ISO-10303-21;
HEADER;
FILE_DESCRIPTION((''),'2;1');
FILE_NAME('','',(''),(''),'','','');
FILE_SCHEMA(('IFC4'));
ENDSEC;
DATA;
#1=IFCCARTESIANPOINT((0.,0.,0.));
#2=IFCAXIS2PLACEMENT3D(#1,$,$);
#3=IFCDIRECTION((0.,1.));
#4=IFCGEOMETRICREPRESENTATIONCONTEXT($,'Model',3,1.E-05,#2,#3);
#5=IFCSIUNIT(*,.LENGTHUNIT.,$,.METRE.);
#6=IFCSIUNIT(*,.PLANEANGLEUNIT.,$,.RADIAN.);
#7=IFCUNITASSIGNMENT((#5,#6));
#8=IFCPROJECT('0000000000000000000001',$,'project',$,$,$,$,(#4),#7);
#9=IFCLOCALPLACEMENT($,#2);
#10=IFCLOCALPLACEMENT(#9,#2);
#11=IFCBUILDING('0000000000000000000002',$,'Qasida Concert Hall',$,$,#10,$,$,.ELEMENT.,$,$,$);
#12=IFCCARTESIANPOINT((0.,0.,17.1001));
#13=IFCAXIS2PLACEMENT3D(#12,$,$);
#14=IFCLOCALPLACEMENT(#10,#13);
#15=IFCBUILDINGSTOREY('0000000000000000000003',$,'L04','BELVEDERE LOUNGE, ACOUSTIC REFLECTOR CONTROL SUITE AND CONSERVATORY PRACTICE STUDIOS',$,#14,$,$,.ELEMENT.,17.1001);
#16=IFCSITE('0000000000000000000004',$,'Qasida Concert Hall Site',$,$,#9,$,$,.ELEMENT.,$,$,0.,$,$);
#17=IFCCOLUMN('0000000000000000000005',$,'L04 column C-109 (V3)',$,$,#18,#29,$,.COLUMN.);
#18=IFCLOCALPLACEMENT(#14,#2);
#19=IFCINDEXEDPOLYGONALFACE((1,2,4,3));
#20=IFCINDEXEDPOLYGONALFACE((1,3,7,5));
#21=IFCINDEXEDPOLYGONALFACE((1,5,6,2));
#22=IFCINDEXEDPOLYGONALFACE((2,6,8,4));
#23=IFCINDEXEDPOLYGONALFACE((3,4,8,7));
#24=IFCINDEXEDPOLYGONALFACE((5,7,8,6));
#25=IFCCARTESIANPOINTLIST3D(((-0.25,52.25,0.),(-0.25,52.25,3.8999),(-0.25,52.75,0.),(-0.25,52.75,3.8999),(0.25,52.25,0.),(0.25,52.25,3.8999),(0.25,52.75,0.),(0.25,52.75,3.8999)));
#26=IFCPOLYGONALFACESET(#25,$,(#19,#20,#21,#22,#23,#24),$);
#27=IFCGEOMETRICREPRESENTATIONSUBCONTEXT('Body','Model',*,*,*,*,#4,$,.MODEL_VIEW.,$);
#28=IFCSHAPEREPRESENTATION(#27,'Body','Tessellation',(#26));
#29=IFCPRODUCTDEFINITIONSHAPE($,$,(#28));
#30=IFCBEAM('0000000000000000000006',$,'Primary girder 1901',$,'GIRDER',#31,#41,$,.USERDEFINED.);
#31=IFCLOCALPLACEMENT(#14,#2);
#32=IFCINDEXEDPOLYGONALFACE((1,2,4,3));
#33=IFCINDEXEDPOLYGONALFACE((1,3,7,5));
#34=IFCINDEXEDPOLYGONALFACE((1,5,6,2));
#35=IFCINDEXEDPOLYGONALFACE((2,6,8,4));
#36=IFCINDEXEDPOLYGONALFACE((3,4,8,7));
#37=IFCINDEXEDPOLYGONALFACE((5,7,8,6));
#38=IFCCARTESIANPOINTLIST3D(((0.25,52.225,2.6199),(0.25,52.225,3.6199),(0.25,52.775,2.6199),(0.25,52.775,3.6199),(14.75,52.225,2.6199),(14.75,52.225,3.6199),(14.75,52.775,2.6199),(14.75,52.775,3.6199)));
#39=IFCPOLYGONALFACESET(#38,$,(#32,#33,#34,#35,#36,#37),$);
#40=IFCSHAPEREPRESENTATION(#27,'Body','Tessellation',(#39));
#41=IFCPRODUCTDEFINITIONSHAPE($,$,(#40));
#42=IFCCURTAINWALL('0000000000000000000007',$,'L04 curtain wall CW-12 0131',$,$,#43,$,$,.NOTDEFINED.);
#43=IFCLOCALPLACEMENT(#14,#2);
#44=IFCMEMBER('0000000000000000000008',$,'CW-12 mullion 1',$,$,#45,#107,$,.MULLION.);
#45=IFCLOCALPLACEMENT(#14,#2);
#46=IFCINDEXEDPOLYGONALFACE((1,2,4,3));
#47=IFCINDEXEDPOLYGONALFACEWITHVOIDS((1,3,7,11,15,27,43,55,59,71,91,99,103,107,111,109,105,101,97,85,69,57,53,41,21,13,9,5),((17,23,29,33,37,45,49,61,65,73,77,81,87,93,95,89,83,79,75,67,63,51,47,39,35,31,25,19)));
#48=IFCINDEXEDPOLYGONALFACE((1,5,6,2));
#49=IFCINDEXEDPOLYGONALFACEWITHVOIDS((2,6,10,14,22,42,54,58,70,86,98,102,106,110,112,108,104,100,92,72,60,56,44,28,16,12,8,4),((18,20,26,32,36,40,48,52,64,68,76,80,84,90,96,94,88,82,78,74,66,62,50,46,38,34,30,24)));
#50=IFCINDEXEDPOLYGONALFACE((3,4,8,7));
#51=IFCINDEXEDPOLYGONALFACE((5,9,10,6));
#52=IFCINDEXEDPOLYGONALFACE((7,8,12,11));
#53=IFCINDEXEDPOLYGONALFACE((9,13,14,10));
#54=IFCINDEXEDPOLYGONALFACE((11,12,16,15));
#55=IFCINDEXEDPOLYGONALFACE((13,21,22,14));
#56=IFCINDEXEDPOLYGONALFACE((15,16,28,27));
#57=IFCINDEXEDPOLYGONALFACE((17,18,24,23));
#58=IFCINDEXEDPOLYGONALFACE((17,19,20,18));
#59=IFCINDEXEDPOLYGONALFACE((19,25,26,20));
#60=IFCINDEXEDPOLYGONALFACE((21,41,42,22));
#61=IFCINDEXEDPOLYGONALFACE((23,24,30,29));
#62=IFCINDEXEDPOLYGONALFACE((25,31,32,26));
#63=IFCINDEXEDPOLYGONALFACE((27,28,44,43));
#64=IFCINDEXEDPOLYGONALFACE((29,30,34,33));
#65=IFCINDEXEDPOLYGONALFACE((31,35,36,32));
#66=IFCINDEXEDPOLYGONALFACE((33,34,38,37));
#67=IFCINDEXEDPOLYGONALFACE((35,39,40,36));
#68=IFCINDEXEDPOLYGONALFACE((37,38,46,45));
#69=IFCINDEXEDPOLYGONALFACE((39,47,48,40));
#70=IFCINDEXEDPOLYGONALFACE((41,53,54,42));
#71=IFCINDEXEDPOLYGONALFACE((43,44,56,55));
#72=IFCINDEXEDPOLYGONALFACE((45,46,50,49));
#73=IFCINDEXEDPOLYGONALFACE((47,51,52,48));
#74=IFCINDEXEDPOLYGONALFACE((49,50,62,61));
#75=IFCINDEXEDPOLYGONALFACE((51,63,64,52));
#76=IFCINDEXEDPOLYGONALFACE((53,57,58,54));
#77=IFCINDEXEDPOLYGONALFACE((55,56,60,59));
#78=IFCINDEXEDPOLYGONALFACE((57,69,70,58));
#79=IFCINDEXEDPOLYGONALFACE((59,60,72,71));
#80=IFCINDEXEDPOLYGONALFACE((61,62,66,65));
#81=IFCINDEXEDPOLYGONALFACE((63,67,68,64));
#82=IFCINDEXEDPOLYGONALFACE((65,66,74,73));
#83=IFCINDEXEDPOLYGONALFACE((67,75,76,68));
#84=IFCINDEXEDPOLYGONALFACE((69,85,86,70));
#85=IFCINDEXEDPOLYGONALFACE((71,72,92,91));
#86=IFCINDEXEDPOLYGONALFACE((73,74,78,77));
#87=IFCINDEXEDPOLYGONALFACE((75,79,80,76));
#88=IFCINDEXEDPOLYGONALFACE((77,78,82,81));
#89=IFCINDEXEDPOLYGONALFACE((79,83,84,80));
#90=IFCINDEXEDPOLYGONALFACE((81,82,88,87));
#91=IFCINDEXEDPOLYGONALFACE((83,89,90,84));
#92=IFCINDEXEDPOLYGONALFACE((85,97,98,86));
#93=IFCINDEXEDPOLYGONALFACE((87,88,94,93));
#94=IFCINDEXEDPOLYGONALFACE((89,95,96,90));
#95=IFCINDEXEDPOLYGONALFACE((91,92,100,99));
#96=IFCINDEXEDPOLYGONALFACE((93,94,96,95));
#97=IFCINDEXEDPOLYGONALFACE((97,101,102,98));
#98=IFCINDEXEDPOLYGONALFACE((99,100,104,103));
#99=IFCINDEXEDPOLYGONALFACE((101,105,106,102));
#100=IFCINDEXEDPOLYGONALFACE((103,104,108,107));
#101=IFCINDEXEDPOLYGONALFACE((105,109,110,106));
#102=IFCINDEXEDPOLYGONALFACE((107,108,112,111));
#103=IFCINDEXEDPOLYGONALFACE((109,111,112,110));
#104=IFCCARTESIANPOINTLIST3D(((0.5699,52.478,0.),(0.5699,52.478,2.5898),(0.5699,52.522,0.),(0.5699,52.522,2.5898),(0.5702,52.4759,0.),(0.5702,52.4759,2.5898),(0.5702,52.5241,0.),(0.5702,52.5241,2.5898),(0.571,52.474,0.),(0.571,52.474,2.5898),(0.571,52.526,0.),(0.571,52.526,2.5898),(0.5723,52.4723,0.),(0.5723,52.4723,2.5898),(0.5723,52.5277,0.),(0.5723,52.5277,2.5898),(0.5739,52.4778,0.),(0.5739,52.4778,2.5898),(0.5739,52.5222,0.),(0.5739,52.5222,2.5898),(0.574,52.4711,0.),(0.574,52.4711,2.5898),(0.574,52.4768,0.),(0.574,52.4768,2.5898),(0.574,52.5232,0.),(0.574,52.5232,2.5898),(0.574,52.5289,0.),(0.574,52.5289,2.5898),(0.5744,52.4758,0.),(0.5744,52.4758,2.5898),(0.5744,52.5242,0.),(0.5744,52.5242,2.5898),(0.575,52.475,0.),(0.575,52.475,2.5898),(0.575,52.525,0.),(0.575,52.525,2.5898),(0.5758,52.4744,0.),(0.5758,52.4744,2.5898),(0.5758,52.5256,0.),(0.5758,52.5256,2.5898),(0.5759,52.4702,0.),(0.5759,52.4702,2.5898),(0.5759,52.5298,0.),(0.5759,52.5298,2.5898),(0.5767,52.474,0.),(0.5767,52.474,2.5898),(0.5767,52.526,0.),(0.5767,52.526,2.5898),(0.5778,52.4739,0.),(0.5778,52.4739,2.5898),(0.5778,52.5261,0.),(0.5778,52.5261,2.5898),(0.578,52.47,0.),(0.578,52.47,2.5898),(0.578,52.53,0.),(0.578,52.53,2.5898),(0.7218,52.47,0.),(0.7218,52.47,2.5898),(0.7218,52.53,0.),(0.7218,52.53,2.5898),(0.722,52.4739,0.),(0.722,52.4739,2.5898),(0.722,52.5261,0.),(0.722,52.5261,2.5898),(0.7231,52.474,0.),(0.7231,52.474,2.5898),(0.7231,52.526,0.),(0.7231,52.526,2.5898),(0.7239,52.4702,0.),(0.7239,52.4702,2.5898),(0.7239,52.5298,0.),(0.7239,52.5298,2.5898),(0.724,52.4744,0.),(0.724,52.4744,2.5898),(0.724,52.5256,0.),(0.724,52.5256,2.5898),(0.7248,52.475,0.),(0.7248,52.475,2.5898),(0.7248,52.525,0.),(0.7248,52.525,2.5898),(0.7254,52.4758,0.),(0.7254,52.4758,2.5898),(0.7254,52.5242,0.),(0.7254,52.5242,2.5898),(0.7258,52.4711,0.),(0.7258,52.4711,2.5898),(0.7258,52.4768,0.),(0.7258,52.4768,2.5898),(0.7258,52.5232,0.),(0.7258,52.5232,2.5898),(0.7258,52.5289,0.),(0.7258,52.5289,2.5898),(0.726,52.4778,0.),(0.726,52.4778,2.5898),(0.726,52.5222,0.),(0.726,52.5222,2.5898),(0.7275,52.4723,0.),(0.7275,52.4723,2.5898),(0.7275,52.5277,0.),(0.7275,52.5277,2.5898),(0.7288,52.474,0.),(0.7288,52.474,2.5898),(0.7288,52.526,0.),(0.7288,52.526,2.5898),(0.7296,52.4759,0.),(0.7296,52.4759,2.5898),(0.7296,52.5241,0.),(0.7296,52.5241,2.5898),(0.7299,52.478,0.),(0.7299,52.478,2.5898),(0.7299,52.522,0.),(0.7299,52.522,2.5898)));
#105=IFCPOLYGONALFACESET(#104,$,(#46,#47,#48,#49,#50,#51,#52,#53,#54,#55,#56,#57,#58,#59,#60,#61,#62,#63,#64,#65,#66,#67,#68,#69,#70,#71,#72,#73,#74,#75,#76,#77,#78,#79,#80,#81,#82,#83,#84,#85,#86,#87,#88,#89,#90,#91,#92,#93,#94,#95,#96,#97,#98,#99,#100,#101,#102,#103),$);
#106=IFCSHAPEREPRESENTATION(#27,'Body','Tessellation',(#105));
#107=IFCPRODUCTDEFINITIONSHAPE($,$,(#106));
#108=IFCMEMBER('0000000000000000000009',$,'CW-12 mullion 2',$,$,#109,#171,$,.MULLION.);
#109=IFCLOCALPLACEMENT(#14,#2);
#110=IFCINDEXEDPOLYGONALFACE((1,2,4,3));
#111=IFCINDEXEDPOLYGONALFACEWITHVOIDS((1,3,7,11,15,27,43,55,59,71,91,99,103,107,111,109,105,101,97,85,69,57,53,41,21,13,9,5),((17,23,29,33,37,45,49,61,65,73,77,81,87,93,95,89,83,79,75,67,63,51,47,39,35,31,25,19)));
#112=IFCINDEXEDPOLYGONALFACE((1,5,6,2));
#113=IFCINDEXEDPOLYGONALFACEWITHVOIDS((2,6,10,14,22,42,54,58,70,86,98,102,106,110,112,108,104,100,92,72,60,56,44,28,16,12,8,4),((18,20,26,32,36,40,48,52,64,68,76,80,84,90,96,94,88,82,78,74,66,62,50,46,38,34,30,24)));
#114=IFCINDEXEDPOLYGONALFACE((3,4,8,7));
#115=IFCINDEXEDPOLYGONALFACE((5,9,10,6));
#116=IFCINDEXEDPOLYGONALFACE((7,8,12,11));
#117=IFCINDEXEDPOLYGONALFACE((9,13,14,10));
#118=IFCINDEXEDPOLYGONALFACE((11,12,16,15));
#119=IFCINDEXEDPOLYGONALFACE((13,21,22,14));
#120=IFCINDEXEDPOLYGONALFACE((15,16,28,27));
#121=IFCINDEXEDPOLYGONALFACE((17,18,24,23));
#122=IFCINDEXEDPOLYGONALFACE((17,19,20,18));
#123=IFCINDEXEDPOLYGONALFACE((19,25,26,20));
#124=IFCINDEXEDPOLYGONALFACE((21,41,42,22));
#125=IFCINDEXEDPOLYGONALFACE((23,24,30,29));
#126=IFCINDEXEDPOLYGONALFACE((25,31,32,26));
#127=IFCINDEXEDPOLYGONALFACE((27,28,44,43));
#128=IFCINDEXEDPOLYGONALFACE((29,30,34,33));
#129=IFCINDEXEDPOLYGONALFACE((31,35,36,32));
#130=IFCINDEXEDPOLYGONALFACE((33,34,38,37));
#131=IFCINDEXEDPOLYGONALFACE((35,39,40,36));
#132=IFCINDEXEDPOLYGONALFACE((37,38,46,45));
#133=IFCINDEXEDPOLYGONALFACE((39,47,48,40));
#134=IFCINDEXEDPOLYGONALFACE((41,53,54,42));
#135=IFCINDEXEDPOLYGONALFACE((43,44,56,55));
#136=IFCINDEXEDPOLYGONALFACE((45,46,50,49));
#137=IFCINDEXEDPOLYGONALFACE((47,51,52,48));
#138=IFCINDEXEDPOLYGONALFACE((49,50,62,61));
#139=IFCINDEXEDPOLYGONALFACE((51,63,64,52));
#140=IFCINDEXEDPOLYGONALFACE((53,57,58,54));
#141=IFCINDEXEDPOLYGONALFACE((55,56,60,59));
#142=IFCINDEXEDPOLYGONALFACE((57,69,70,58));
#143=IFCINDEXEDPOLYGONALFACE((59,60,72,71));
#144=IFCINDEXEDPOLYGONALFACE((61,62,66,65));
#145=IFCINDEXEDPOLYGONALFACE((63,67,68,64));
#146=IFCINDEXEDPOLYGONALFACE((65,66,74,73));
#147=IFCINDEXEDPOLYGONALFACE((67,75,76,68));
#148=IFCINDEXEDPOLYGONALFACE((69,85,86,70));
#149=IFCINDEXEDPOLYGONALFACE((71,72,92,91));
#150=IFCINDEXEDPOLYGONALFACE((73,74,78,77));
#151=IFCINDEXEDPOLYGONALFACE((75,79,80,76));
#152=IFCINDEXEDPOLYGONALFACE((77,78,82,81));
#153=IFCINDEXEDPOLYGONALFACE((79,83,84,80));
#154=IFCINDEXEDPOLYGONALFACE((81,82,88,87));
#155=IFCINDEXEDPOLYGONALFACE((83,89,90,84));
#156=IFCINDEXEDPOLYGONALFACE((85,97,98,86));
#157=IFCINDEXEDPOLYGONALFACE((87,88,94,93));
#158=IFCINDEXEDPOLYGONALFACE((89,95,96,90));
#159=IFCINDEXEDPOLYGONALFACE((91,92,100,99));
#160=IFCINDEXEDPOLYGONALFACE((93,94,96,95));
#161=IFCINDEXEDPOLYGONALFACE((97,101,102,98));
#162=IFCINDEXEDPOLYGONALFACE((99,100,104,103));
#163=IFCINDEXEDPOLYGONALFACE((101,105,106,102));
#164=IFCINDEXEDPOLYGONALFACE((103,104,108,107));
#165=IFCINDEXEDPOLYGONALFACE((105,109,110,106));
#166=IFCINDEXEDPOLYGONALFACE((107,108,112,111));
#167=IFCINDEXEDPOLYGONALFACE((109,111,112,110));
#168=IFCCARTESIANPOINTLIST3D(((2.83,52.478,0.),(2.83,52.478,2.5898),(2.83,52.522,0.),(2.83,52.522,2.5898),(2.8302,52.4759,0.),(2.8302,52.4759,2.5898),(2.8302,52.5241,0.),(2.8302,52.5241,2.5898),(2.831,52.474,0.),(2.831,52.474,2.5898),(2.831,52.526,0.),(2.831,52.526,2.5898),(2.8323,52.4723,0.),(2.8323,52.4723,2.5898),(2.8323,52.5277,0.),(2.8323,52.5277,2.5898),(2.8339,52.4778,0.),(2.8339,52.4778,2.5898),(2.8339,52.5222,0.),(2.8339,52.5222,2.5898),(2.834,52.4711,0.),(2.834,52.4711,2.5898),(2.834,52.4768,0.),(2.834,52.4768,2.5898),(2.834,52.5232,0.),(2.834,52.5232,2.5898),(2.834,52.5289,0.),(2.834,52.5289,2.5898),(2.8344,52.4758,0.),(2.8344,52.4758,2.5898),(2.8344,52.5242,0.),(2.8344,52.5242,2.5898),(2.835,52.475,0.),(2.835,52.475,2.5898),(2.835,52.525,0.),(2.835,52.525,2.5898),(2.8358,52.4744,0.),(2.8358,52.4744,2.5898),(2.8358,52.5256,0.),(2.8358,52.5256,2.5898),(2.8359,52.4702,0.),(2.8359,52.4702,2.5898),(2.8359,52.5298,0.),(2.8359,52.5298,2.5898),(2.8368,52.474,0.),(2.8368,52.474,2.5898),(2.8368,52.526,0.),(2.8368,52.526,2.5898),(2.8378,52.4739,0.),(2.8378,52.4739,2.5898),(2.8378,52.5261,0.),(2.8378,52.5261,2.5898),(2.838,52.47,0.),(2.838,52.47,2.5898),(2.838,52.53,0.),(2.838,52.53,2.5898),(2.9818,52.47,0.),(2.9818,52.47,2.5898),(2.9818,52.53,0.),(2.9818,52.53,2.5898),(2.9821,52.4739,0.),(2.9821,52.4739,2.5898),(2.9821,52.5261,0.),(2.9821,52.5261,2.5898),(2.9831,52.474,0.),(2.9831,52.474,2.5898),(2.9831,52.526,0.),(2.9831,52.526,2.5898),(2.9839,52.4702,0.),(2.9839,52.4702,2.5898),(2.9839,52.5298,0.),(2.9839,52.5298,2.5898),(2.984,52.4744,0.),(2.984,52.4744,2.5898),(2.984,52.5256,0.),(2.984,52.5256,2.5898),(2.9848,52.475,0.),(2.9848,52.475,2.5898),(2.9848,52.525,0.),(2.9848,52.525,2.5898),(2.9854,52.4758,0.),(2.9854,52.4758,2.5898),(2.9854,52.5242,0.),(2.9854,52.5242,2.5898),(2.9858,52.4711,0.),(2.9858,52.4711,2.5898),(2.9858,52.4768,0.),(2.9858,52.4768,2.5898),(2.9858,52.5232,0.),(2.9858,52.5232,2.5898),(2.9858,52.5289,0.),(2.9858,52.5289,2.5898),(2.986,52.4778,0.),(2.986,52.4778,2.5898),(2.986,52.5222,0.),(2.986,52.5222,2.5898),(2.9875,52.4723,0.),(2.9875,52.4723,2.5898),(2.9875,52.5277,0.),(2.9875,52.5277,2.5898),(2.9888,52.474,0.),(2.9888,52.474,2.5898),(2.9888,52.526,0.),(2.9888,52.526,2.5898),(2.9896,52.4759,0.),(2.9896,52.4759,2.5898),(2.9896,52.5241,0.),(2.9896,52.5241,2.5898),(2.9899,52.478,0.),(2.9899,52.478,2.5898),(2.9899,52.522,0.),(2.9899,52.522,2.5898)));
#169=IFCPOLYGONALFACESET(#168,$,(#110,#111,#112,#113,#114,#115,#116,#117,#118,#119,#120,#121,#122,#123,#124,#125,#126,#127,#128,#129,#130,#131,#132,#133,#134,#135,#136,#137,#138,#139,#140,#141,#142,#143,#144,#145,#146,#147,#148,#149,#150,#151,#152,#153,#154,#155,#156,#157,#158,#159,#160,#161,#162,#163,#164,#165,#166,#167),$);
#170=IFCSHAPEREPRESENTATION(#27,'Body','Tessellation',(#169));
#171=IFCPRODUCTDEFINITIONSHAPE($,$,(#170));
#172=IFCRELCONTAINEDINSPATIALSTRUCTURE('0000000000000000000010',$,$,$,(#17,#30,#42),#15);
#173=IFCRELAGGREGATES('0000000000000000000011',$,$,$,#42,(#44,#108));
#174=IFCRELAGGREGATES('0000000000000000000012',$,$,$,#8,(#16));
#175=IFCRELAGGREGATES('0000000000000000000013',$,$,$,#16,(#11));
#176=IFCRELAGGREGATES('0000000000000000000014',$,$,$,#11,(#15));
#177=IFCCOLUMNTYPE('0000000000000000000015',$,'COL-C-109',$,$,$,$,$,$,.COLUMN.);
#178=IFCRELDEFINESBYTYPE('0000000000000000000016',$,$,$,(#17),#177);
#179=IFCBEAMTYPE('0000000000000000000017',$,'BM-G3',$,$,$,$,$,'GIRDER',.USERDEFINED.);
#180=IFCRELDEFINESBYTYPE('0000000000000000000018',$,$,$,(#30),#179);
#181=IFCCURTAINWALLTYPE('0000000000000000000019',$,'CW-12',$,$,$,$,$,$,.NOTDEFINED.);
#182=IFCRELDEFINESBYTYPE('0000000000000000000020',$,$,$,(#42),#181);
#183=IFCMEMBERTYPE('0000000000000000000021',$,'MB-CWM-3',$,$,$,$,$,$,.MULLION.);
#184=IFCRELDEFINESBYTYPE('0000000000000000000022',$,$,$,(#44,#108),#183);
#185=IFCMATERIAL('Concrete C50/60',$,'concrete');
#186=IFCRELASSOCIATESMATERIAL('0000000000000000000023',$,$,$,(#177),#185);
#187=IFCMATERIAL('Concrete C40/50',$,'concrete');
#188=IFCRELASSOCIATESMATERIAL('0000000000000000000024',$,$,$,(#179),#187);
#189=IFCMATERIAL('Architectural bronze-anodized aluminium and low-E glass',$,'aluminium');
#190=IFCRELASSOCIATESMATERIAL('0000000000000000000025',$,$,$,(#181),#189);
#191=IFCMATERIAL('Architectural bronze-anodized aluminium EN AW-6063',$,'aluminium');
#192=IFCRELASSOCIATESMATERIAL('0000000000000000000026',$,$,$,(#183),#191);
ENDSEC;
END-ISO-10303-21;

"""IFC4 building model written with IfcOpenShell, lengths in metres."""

from ifc_helpers import new_model, si_unit, direction, frame, origin, origin_2d, place, context, subcontext, project, spatial, rectangle, hollow_rectangle, extrude, material, material_profile, profile_set, type_object, element, aggregate, save


model = new_model("IFC4")

# Units and contexts
model_context = context("Model", 3, precision=1e-05, world=origin(), true_north=direction((0.0, 1.0)))
body_context = subcontext(model_context, "Body", "Model", "MODEL_VIEW")
ifc_project = project(units=[si_unit("LENGTHUNIT", "METRE"), si_unit("PLANEANGLEUNIT", "RADIAN")], contexts=[model_context])

# Site, building, storey
site_placement = place(None, origin())
site = spatial("IfcSite", under=ifc_project, at=site_placement, Name="Qasida Concert Hall Site", CompositionType="ELEMENT", RefElevation=0.0)
building_placement = place(site_placement, origin())
building = spatial("IfcBuilding", under=site, at=building_placement, Name="Qasida Concert Hall", CompositionType="ELEMENT")
storey_placement = place(building_placement, frame((0.0, 0.0, 17.1001)))
storey = spatial("IfcBuildingStorey", under=building, at=storey_placement, Name="L04", Description="BELVEDERE LOUNGE, ACOUSTIC REFLECTOR CONTROL SUITE AND CONSERVATORY PRACTICE STUDIOS", CompositionType="ELEMENT", Elevation=17.1001)

# Column
ifc_material_1 = material(Name="Concrete C50/60", Category="concrete")
ifc_material_profile_1 = material_profile(ifc_material_1, rectangle(XDim=0.5, YDim=0.5, at=origin_2d()), Name="RC 500x500")
ifc_profile_set_1 = profile_set([ifc_material_profile_1], Name="Concrete C50/60")
column_type = type_object("IfcColumnType", Name="COL-C-109", PredefinedType="COLUMN", material=ifc_profile_set_1)
column_placement = place(storey_placement, frame((0.0, 52.5, 0.0), z_axis=(0.0, 0.0, 1.0), x_axis=(1.0, 0.0, 0.0)))
element("IfcColumn", 1, at=column_placement, inside=storey, type_object=column_type, Name="L04 column C-109 (V3)", PredefinedType="COLUMN", context=body_context, shape_type="SweptSolid", body=[
    extrude(rectangle(XDim=0.5, YDim=0.5, at=origin_2d()), origin(), (0.0, 0.0, 1.0), 3.8999),
])

# Beam
ifc_material_2 = material(Name="Concrete C40/50", Category="concrete")
ifc_material_profile_2 = material_profile(ifc_material_2, rectangle(XDim=0.55, YDim=1.0, at=origin_2d()), Name="RC 550x1000")
ifc_profile_set_2 = profile_set([ifc_material_profile_2], Name="Concrete C40/50")
beam_type = type_object("IfcBeamType", Name="BM-G3", ElementType="GIRDER", PredefinedType="USERDEFINED", material=ifc_profile_set_2)
beam_placement = place(storey_placement, frame((0.25, 52.5, 3.1199), z_axis=(1.0, 0.0, 0.0), x_axis=(0.0, 1.0, 0.0)))
element("IfcBeam", 2, at=beam_placement, inside=storey, type_object=beam_type, Name="Primary girder 1901", ObjectType="GIRDER", PredefinedType="USERDEFINED", context=body_context, shape_type="SweptSolid", body=[
    extrude(rectangle(XDim=0.55, YDim=1.0, at=origin_2d()), origin(), (0.0, 0.0, 1.0), 14.5),
])

# Curtain wall, members
ifc_material_3 = material(Name="Architectural bronze-anodized aluminium and low-E glass", Category="aluminium")
curtain_wall_type = type_object("IfcCurtainWallType", Name="CW-12", PredefinedType="NOTDEFINED", material=ifc_material_3)
curtain_wall_placement = place(storey_placement, origin())
curtain_wall = element("IfcCurtainWall", 3, at=curtain_wall_placement, inside=storey, type_object=curtain_wall_type, Name="L04 curtain wall CW-12 0131", PredefinedType="NOTDEFINED")
ifc_material_4 = material(Name="Architectural bronze-anodized aluminium EN AW-6063", Category="aluminium")
ifc_material_profile_3 = material_profile(ifc_material_4, hollow_rectangle(XDim=0.0601, YDim=0.1599, WallThickness=0.0039, InnerFilletRadius=0.0039, OuterFilletRadius=0.0081, at=origin_2d()), Name="CWM 160x60x4")
ifc_profile_set_3 = profile_set([ifc_material_profile_3], Name="Architectural bronze-anodized aluminium EN AW-6063")
member_type_1 = type_object("IfcMemberType", Name="MB-CWM-3", PredefinedType="MULLION", material=ifc_profile_set_3)
member_1_placement = place(storey_placement, frame((0.6499, 52.5, 0.0), z_axis=(0.0, 0.0, 1.0), x_axis=(0.0, 1.0, 0.0)))
member_1 = element("IfcMember", 4, at=member_1_placement, type_object=member_type_1, Name="CW-12 mullion 1", PredefinedType="MULLION", context=body_context, shape_type="SweptSolid", body=[
    extrude(hollow_rectangle(XDim=0.0601, YDim=0.1599, WallThickness=0.0039, InnerFilletRadius=0.0039, OuterFilletRadius=0.0081, at=origin_2d()), origin(), (0.0, 0.0, 1.0), 2.5898),
])
member_2_placement = place(storey_placement, frame((2.9099, 52.5, 0.0), z_axis=(0.0, 0.0, 1.0), x_axis=(0.0, 1.0, 0.0)))
member_2 = element("IfcMember", 5, at=member_2_placement, type_object=member_type_1, Name="CW-12 mullion 2", PredefinedType="MULLION", context=body_context, shape_type="SweptSolid", body=[
    extrude(hollow_rectangle(XDim=0.0601, YDim=0.1599, WallThickness=0.0039, InnerFilletRadius=0.0039, OuterFilletRadius=0.0081, at=origin_2d()), origin(), (0.0, 0.0, 1.0), 2.5898),
])
aggregate(curtain_wall, [member_1, member_2])

save(model, "model.ifc")
